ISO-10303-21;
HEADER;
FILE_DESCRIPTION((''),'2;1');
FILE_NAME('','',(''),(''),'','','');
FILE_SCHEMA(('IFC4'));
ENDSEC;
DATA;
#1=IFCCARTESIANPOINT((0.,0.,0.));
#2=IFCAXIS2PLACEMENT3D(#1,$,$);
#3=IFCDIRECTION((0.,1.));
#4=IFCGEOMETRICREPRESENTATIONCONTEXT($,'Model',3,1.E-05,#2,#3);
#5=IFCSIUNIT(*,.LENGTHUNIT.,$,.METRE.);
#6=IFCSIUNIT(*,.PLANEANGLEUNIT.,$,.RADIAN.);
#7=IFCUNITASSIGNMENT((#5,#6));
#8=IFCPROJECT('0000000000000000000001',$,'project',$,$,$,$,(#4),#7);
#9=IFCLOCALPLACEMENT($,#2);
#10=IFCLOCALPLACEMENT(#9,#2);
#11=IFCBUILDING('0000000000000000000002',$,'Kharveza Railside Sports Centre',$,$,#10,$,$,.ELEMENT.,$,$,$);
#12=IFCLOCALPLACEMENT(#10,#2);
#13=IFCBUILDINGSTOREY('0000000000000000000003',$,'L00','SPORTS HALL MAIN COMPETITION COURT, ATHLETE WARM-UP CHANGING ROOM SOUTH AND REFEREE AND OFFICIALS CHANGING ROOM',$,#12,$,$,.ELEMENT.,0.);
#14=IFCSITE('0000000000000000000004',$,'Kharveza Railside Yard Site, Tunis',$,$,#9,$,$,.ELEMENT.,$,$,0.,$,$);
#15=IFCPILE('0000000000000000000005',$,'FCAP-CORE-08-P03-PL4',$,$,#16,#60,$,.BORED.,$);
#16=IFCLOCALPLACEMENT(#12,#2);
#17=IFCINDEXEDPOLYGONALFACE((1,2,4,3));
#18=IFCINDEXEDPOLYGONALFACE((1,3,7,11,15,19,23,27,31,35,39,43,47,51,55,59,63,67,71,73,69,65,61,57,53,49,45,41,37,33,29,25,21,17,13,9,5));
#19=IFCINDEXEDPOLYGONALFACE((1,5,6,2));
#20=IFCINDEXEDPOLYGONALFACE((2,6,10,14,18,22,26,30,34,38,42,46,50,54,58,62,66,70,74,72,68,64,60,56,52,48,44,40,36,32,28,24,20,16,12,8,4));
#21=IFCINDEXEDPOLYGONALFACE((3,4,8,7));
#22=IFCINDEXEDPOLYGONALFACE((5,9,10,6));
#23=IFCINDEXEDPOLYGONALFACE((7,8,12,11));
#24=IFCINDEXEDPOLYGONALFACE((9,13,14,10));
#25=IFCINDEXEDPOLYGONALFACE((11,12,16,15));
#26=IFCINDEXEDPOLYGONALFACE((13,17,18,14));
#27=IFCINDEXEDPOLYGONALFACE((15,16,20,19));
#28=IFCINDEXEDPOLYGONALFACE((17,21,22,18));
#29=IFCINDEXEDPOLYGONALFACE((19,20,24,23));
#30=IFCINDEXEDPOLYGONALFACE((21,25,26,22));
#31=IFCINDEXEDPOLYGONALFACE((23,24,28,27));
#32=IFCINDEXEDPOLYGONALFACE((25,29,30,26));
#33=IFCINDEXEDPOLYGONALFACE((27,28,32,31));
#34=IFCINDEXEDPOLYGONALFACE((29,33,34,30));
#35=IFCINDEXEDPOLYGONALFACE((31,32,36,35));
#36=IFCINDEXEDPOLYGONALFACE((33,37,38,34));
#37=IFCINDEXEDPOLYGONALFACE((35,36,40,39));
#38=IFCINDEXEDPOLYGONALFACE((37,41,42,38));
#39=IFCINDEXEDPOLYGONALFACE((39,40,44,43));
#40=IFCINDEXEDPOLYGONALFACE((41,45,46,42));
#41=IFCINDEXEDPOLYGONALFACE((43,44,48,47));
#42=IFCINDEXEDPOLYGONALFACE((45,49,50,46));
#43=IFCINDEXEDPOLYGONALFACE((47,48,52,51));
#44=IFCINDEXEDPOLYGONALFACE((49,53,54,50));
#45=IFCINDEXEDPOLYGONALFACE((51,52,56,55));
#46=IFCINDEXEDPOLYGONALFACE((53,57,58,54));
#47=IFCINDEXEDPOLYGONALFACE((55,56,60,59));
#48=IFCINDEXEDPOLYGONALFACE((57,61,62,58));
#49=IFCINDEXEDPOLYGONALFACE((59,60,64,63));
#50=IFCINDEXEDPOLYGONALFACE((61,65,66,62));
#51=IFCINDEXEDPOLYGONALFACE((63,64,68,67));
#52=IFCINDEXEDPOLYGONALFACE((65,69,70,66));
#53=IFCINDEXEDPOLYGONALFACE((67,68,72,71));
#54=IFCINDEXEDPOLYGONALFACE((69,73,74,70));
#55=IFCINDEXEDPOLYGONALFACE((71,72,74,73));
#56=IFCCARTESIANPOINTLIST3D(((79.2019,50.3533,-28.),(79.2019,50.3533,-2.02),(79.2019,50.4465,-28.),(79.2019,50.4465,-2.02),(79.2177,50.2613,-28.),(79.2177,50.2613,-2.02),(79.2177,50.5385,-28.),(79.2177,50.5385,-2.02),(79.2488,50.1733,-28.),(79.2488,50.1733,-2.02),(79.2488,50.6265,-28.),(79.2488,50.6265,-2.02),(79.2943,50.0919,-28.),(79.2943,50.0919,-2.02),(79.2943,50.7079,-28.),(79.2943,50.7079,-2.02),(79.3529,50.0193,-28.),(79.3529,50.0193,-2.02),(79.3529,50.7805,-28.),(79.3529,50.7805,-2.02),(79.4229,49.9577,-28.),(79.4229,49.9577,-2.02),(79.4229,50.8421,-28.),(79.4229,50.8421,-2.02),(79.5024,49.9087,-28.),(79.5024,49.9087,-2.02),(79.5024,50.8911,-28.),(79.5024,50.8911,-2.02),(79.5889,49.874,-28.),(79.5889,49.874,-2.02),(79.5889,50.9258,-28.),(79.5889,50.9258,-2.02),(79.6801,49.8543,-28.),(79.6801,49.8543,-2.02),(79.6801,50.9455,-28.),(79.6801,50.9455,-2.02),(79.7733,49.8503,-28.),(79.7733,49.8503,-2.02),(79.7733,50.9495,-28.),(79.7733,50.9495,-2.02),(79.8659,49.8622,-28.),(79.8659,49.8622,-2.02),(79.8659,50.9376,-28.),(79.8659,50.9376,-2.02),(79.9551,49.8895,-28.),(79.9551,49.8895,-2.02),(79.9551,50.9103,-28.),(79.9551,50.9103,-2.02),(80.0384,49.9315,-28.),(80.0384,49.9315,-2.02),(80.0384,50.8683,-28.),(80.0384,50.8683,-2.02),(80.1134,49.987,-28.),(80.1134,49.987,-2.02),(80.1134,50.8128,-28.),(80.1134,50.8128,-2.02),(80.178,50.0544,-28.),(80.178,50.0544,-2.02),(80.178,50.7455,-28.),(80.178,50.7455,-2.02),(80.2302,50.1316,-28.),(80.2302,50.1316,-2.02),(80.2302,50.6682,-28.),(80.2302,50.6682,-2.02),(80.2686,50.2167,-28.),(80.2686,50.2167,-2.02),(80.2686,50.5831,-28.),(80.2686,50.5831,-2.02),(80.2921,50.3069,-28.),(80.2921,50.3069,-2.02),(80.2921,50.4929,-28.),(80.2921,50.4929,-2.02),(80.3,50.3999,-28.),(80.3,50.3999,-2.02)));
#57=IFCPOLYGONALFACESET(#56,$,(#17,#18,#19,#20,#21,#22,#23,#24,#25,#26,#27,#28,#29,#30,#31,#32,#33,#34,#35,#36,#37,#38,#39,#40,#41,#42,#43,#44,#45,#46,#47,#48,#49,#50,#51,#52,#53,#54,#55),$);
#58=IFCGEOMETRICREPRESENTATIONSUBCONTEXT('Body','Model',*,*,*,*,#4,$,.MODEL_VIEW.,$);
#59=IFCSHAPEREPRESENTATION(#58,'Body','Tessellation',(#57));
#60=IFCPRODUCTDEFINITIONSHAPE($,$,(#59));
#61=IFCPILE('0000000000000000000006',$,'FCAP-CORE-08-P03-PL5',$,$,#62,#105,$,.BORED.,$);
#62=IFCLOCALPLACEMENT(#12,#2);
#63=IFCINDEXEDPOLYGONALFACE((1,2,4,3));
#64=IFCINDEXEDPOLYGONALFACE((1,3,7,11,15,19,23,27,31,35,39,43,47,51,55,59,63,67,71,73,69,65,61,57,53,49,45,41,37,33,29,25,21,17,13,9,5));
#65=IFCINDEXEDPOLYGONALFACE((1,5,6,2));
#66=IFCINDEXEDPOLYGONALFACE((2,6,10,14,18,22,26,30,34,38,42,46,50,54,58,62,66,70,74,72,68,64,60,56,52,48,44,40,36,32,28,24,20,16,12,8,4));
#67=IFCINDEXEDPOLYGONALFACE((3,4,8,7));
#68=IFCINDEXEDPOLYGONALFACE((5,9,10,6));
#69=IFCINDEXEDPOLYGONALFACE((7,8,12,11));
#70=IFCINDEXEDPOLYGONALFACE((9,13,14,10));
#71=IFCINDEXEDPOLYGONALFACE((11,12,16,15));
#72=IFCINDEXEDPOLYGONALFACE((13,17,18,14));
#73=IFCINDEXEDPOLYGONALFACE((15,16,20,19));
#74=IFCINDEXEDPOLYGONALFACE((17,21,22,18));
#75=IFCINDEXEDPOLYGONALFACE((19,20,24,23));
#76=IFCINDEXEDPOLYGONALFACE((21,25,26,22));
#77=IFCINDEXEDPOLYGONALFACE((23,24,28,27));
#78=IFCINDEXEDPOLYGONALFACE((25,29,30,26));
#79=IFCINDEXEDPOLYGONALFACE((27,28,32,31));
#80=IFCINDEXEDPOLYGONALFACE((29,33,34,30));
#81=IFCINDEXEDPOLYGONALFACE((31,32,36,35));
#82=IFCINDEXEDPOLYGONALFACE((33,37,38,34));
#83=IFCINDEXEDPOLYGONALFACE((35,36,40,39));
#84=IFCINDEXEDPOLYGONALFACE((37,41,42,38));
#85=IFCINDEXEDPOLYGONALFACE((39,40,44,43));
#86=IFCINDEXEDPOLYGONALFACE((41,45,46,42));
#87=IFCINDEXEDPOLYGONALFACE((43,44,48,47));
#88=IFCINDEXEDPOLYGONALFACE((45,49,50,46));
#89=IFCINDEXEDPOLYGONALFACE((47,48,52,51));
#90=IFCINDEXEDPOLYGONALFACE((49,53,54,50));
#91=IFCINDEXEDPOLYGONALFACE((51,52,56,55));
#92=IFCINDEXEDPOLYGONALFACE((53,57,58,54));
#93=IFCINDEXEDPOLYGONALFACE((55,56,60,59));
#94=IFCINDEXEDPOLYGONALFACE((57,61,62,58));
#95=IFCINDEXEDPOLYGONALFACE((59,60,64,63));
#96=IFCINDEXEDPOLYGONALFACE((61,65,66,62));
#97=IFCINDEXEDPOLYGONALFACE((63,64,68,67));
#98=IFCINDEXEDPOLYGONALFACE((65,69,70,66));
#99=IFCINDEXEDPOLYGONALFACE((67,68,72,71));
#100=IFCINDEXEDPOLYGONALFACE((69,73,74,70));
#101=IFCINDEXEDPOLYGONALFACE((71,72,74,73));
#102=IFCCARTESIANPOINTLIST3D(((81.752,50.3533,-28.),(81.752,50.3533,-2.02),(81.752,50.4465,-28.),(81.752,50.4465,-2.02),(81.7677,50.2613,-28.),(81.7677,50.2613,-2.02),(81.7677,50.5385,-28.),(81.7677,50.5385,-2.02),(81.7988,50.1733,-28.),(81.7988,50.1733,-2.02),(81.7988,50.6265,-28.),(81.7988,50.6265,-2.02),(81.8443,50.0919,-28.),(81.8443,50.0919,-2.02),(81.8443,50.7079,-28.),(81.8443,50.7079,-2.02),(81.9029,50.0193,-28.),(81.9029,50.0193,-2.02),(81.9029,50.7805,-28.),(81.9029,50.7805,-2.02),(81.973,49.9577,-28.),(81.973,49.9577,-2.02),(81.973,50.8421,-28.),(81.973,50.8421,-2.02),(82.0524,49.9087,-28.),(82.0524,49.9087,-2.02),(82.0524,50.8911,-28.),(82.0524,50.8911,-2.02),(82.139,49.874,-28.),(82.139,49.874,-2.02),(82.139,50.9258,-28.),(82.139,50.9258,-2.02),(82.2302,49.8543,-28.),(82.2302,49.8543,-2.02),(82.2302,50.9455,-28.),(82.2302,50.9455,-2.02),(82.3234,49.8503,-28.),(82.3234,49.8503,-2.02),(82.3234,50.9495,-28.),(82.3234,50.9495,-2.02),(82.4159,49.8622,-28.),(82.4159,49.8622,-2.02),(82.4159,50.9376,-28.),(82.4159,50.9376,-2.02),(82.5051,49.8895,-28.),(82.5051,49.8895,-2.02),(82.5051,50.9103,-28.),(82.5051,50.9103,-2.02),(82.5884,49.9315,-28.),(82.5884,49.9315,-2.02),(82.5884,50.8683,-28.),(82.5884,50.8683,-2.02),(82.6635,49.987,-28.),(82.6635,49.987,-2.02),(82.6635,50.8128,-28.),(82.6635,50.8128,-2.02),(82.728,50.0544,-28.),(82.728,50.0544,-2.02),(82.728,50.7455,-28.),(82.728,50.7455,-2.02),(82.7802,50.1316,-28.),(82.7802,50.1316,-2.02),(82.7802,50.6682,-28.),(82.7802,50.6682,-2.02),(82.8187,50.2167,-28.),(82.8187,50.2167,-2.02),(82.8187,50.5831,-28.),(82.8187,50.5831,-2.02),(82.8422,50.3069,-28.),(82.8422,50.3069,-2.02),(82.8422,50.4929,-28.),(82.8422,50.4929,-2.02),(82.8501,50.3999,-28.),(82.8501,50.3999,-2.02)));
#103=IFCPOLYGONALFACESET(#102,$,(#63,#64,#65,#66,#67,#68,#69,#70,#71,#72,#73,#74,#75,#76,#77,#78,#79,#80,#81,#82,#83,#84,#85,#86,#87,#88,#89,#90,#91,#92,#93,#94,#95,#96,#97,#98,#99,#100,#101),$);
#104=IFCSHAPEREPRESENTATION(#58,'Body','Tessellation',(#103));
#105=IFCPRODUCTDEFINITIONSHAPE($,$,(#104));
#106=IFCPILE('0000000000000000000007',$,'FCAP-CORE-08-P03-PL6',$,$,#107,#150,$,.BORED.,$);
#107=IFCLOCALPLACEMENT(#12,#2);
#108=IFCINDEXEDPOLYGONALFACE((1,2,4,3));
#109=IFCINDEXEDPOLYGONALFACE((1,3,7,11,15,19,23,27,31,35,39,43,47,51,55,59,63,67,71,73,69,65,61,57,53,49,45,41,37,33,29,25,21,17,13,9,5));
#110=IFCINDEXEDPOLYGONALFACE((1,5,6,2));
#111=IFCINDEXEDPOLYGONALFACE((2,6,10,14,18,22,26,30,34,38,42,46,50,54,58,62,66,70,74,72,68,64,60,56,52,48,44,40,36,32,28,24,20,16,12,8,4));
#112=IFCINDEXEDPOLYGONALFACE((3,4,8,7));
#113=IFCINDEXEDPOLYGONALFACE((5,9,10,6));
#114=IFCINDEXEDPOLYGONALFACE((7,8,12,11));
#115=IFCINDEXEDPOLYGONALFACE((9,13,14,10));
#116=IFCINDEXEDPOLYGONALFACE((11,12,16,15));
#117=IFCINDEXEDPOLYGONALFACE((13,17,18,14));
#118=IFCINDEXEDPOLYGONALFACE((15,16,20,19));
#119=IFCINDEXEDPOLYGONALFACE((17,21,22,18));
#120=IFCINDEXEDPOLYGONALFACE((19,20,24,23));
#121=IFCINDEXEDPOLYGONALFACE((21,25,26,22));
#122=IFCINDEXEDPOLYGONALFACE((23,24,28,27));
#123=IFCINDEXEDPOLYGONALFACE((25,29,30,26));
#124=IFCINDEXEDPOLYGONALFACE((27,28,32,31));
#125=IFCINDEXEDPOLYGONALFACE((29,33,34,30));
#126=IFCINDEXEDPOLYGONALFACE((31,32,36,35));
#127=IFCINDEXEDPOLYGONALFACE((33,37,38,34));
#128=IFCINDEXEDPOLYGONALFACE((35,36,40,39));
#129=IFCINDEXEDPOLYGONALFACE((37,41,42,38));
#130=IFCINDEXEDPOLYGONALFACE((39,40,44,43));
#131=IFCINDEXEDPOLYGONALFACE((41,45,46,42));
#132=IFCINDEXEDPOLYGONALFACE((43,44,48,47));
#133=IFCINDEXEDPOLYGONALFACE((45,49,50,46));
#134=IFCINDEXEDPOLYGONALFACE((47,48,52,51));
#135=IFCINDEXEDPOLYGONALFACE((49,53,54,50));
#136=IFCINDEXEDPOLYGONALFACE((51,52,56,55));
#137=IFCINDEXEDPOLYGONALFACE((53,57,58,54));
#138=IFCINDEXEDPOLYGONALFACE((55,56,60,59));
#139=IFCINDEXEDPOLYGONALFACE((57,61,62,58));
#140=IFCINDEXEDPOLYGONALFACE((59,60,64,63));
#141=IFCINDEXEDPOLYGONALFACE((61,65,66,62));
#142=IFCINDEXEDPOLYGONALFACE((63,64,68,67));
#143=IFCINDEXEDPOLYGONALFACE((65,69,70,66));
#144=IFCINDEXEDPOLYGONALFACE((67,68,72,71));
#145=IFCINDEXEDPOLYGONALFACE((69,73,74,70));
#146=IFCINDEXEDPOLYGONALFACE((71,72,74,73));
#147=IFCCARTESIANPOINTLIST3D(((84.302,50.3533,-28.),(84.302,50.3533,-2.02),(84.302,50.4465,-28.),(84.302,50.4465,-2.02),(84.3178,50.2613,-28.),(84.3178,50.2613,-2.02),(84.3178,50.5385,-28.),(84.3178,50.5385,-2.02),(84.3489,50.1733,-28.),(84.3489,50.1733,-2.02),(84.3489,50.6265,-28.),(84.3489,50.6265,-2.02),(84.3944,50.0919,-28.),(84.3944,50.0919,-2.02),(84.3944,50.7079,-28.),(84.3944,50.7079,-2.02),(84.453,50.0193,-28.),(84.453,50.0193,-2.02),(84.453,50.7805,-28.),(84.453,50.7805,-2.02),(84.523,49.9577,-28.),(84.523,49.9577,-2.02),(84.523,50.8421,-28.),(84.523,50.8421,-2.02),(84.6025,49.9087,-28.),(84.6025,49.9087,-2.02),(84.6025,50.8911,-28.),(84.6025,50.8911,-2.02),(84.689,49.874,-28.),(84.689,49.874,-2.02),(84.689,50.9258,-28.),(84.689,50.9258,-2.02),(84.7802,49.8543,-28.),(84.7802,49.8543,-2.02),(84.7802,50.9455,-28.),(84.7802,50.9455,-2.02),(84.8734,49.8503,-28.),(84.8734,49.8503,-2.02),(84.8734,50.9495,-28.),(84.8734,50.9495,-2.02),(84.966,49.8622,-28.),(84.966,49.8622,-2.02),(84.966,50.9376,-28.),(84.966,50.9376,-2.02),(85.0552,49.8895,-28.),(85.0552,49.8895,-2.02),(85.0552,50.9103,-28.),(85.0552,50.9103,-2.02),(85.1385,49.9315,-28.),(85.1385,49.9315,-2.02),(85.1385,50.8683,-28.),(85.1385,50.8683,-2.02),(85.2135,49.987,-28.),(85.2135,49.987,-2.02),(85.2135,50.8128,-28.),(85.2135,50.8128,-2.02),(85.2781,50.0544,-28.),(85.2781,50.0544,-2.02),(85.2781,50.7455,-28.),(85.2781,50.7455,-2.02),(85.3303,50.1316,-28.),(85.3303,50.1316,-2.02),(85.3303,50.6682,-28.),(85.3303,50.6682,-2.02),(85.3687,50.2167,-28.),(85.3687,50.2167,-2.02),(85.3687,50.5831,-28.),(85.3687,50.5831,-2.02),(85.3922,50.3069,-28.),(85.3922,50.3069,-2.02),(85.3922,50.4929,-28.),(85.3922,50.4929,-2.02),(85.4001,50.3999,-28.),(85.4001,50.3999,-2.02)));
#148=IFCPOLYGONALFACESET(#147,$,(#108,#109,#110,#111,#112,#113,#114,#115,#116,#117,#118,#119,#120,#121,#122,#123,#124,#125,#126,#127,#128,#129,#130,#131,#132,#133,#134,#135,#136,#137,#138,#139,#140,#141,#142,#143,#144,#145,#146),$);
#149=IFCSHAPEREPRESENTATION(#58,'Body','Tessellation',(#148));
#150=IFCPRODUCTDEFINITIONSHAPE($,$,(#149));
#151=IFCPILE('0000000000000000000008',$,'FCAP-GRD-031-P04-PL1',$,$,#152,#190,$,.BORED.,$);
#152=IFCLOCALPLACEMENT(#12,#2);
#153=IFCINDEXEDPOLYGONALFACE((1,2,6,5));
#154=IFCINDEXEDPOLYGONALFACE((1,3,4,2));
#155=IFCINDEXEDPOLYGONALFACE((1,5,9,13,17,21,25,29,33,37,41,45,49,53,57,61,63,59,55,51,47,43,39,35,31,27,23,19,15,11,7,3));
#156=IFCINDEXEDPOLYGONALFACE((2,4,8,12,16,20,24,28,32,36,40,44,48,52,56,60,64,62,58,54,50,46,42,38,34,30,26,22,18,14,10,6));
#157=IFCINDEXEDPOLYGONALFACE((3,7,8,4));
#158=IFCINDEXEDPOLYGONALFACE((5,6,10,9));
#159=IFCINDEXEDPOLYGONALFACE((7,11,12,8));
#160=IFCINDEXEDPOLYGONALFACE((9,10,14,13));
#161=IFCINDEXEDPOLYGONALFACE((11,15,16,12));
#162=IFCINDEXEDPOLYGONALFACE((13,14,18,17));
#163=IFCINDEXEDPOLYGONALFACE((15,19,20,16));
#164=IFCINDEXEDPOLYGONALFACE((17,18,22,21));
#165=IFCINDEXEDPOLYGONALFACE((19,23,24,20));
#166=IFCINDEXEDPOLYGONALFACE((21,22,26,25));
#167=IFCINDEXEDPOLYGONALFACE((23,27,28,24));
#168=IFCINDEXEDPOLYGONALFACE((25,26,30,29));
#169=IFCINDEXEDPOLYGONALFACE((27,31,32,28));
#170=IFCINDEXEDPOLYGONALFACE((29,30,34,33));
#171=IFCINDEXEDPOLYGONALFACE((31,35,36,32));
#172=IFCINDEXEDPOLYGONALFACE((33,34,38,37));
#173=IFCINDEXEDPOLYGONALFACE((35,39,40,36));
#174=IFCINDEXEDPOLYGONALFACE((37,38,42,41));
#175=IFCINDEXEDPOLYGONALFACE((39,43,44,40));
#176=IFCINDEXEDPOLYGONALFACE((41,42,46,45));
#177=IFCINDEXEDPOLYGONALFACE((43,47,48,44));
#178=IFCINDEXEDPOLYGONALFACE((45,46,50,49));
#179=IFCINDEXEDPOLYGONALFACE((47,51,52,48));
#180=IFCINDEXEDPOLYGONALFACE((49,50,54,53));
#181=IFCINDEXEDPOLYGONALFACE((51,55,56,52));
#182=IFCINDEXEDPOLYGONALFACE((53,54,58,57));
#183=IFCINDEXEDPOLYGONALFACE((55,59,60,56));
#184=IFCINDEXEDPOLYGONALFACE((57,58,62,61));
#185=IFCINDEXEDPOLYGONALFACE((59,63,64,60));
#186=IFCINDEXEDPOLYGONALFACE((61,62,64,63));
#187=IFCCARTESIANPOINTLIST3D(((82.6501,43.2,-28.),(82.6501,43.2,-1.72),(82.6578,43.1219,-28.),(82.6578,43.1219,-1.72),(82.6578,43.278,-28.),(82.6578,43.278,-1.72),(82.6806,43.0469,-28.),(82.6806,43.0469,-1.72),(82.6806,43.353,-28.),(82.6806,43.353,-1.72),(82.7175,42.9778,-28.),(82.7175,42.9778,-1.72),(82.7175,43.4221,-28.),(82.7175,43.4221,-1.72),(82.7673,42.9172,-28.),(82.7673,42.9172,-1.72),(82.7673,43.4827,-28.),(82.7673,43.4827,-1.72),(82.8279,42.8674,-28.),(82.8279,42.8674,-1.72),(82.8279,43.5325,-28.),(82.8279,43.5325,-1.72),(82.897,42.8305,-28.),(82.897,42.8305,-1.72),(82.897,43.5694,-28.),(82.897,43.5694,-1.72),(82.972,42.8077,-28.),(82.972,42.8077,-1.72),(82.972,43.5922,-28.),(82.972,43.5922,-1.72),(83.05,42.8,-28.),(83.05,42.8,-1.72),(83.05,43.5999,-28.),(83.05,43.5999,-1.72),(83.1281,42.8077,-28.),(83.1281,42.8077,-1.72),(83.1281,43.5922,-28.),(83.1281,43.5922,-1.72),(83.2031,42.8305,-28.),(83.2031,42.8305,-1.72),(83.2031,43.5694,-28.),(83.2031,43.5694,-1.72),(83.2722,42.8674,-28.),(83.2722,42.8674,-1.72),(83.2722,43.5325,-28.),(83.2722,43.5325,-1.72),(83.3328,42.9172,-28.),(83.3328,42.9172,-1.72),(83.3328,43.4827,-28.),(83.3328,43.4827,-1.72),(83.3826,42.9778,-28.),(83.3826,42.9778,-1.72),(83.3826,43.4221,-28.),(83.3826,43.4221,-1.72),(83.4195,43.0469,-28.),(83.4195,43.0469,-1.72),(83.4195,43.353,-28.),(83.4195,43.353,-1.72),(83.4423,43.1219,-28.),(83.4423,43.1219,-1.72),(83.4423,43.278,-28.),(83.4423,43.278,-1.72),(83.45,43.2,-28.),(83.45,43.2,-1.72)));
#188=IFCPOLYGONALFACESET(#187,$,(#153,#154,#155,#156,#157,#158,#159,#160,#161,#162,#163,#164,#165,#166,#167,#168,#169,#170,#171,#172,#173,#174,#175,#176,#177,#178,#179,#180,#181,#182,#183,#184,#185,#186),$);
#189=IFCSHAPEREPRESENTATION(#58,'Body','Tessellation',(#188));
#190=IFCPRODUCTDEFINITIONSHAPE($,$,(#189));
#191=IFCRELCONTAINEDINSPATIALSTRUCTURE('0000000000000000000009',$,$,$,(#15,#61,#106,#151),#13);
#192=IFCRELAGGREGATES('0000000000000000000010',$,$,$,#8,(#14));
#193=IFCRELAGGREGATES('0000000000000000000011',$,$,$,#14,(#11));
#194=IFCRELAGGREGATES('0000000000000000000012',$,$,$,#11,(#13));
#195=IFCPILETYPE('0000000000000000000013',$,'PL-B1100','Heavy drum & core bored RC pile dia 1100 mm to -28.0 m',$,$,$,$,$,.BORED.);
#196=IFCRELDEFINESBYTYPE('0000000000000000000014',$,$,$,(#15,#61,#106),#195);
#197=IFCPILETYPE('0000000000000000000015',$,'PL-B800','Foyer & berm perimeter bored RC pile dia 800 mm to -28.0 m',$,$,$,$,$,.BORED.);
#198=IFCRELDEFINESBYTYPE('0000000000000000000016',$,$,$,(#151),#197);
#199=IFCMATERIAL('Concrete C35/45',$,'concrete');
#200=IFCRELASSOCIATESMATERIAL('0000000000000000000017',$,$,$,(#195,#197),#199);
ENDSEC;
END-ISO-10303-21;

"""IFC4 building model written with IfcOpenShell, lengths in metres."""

from ifc_helpers import new_model, si_unit, direction, frame, origin, origin_2d, place, context, subcontext, project, spatial, circle, extrude, material, material_profile, profile_set, type_object, element, save


model = new_model("IFC4")

# Units and contexts
model_context = context("Model", 3, precision=1e-05, world=origin(), true_north=direction((0.0, 1.0)))
body_context = subcontext(model_context, "Body", "Model", "MODEL_VIEW")
ifc_project = project(units=[si_unit("LENGTHUNIT", "METRE"), si_unit("PLANEANGLEUNIT", "RADIAN")], contexts=[model_context])

# Site, building, storey
site_placement = place(None, origin())
site = spatial("IfcSite", under=ifc_project, at=site_placement, Name="Kharveza Railside Yard Site, Tunis", CompositionType="ELEMENT", RefElevation=0.0)
building_placement = place(site_placement, origin())
building = spatial("IfcBuilding", under=site, at=building_placement, Name="Kharveza Railside Sports Centre", CompositionType="ELEMENT")
storey_placement = place(building_placement, origin())
storey = spatial("IfcBuildingStorey", under=building, at=storey_placement, Name="L00", Description="SPORTS HALL MAIN COMPETITION COURT, ATHLETE WARM-UP CHANGING ROOM SOUTH AND REFEREE AND OFFICIALS CHANGING ROOM", CompositionType="ELEMENT", Elevation=0.0)

# Shared definitions
ifc_material_1 = material(Name="Concrete C35/45", Category="concrete")

# Piles
ifc_material_profile_1 = material_profile(ifc_material_1, circle(Radius=0.55, at=origin_2d()), Name="PILE D1100")
ifc_profile_set_1 = profile_set([ifc_material_profile_1], Name="Concrete C35/45")
pile_type_1 = type_object("IfcPileType", Name="PL-B1100", Description="Heavy drum & core bored RC pile dia 1100 mm to -28.0 m", PredefinedType="BORED", material=ifc_profile_set_1)
for number, where, z_axis, x_axis, name in (
    (1, (79.75, 50.3999, -2.02), (0.0, 0.0, -1.0), (1.0, 0.0, 0.0), "FCAP-CORE-08-P03-PL4"),
    (2, (82.3, 50.3999, -2.02), (0.0, 0.0, -1.0), (1.0, 0.0, 0.0), "FCAP-CORE-08-P03-PL5"),
    (3, (84.8501, 50.3999, -2.02), (0.0, 0.0, -1.0), (1.0, 0.0, 0.0), "FCAP-CORE-08-P03-PL6"),
):
    element("IfcPile", number, at=place(storey_placement, frame(where, z_axis=z_axis, x_axis=x_axis)), inside=storey, type_object=pile_type_1, Name=name, PredefinedType="BORED", context=body_context, shape_type="SweptSolid", body=[
        extrude(circle(Radius=0.55, at=origin_2d()), origin(), (0.0, 0.0, 1.0), 25.98),
    ])
ifc_material_profile_2 = material_profile(ifc_material_1, circle(Radius=0.3999, at=origin_2d()), Name="PILE D800")
ifc_profile_set_2 = profile_set([ifc_material_profile_2], Name="Concrete C35/45")
pile_type_2 = type_object("IfcPileType", Name="PL-B800", Description="Foyer & berm perimeter bored RC pile dia 800 mm to -28.0 m", PredefinedType="BORED", material=ifc_profile_set_2)
for number, where, z_axis, x_axis, name in (
    (4, (83.05, 43.2, -1.72), (0.0, 0.0, -1.0), (1.0, 0.0, 0.0), "FCAP-GRD-031-P04-PL1"),
):
    element("IfcPile", number, at=place(storey_placement, frame(where, z_axis=z_axis, x_axis=x_axis)), inside=storey, type_object=pile_type_2, Name=name, PredefinedType="BORED", context=body_context, shape_type="SweptSolid", body=[
        extrude(circle(Radius=0.3999, at=origin_2d()), origin(), (0.0, 0.0, 1.0), 26.28),
    ])

save(model, "model.ifc")
